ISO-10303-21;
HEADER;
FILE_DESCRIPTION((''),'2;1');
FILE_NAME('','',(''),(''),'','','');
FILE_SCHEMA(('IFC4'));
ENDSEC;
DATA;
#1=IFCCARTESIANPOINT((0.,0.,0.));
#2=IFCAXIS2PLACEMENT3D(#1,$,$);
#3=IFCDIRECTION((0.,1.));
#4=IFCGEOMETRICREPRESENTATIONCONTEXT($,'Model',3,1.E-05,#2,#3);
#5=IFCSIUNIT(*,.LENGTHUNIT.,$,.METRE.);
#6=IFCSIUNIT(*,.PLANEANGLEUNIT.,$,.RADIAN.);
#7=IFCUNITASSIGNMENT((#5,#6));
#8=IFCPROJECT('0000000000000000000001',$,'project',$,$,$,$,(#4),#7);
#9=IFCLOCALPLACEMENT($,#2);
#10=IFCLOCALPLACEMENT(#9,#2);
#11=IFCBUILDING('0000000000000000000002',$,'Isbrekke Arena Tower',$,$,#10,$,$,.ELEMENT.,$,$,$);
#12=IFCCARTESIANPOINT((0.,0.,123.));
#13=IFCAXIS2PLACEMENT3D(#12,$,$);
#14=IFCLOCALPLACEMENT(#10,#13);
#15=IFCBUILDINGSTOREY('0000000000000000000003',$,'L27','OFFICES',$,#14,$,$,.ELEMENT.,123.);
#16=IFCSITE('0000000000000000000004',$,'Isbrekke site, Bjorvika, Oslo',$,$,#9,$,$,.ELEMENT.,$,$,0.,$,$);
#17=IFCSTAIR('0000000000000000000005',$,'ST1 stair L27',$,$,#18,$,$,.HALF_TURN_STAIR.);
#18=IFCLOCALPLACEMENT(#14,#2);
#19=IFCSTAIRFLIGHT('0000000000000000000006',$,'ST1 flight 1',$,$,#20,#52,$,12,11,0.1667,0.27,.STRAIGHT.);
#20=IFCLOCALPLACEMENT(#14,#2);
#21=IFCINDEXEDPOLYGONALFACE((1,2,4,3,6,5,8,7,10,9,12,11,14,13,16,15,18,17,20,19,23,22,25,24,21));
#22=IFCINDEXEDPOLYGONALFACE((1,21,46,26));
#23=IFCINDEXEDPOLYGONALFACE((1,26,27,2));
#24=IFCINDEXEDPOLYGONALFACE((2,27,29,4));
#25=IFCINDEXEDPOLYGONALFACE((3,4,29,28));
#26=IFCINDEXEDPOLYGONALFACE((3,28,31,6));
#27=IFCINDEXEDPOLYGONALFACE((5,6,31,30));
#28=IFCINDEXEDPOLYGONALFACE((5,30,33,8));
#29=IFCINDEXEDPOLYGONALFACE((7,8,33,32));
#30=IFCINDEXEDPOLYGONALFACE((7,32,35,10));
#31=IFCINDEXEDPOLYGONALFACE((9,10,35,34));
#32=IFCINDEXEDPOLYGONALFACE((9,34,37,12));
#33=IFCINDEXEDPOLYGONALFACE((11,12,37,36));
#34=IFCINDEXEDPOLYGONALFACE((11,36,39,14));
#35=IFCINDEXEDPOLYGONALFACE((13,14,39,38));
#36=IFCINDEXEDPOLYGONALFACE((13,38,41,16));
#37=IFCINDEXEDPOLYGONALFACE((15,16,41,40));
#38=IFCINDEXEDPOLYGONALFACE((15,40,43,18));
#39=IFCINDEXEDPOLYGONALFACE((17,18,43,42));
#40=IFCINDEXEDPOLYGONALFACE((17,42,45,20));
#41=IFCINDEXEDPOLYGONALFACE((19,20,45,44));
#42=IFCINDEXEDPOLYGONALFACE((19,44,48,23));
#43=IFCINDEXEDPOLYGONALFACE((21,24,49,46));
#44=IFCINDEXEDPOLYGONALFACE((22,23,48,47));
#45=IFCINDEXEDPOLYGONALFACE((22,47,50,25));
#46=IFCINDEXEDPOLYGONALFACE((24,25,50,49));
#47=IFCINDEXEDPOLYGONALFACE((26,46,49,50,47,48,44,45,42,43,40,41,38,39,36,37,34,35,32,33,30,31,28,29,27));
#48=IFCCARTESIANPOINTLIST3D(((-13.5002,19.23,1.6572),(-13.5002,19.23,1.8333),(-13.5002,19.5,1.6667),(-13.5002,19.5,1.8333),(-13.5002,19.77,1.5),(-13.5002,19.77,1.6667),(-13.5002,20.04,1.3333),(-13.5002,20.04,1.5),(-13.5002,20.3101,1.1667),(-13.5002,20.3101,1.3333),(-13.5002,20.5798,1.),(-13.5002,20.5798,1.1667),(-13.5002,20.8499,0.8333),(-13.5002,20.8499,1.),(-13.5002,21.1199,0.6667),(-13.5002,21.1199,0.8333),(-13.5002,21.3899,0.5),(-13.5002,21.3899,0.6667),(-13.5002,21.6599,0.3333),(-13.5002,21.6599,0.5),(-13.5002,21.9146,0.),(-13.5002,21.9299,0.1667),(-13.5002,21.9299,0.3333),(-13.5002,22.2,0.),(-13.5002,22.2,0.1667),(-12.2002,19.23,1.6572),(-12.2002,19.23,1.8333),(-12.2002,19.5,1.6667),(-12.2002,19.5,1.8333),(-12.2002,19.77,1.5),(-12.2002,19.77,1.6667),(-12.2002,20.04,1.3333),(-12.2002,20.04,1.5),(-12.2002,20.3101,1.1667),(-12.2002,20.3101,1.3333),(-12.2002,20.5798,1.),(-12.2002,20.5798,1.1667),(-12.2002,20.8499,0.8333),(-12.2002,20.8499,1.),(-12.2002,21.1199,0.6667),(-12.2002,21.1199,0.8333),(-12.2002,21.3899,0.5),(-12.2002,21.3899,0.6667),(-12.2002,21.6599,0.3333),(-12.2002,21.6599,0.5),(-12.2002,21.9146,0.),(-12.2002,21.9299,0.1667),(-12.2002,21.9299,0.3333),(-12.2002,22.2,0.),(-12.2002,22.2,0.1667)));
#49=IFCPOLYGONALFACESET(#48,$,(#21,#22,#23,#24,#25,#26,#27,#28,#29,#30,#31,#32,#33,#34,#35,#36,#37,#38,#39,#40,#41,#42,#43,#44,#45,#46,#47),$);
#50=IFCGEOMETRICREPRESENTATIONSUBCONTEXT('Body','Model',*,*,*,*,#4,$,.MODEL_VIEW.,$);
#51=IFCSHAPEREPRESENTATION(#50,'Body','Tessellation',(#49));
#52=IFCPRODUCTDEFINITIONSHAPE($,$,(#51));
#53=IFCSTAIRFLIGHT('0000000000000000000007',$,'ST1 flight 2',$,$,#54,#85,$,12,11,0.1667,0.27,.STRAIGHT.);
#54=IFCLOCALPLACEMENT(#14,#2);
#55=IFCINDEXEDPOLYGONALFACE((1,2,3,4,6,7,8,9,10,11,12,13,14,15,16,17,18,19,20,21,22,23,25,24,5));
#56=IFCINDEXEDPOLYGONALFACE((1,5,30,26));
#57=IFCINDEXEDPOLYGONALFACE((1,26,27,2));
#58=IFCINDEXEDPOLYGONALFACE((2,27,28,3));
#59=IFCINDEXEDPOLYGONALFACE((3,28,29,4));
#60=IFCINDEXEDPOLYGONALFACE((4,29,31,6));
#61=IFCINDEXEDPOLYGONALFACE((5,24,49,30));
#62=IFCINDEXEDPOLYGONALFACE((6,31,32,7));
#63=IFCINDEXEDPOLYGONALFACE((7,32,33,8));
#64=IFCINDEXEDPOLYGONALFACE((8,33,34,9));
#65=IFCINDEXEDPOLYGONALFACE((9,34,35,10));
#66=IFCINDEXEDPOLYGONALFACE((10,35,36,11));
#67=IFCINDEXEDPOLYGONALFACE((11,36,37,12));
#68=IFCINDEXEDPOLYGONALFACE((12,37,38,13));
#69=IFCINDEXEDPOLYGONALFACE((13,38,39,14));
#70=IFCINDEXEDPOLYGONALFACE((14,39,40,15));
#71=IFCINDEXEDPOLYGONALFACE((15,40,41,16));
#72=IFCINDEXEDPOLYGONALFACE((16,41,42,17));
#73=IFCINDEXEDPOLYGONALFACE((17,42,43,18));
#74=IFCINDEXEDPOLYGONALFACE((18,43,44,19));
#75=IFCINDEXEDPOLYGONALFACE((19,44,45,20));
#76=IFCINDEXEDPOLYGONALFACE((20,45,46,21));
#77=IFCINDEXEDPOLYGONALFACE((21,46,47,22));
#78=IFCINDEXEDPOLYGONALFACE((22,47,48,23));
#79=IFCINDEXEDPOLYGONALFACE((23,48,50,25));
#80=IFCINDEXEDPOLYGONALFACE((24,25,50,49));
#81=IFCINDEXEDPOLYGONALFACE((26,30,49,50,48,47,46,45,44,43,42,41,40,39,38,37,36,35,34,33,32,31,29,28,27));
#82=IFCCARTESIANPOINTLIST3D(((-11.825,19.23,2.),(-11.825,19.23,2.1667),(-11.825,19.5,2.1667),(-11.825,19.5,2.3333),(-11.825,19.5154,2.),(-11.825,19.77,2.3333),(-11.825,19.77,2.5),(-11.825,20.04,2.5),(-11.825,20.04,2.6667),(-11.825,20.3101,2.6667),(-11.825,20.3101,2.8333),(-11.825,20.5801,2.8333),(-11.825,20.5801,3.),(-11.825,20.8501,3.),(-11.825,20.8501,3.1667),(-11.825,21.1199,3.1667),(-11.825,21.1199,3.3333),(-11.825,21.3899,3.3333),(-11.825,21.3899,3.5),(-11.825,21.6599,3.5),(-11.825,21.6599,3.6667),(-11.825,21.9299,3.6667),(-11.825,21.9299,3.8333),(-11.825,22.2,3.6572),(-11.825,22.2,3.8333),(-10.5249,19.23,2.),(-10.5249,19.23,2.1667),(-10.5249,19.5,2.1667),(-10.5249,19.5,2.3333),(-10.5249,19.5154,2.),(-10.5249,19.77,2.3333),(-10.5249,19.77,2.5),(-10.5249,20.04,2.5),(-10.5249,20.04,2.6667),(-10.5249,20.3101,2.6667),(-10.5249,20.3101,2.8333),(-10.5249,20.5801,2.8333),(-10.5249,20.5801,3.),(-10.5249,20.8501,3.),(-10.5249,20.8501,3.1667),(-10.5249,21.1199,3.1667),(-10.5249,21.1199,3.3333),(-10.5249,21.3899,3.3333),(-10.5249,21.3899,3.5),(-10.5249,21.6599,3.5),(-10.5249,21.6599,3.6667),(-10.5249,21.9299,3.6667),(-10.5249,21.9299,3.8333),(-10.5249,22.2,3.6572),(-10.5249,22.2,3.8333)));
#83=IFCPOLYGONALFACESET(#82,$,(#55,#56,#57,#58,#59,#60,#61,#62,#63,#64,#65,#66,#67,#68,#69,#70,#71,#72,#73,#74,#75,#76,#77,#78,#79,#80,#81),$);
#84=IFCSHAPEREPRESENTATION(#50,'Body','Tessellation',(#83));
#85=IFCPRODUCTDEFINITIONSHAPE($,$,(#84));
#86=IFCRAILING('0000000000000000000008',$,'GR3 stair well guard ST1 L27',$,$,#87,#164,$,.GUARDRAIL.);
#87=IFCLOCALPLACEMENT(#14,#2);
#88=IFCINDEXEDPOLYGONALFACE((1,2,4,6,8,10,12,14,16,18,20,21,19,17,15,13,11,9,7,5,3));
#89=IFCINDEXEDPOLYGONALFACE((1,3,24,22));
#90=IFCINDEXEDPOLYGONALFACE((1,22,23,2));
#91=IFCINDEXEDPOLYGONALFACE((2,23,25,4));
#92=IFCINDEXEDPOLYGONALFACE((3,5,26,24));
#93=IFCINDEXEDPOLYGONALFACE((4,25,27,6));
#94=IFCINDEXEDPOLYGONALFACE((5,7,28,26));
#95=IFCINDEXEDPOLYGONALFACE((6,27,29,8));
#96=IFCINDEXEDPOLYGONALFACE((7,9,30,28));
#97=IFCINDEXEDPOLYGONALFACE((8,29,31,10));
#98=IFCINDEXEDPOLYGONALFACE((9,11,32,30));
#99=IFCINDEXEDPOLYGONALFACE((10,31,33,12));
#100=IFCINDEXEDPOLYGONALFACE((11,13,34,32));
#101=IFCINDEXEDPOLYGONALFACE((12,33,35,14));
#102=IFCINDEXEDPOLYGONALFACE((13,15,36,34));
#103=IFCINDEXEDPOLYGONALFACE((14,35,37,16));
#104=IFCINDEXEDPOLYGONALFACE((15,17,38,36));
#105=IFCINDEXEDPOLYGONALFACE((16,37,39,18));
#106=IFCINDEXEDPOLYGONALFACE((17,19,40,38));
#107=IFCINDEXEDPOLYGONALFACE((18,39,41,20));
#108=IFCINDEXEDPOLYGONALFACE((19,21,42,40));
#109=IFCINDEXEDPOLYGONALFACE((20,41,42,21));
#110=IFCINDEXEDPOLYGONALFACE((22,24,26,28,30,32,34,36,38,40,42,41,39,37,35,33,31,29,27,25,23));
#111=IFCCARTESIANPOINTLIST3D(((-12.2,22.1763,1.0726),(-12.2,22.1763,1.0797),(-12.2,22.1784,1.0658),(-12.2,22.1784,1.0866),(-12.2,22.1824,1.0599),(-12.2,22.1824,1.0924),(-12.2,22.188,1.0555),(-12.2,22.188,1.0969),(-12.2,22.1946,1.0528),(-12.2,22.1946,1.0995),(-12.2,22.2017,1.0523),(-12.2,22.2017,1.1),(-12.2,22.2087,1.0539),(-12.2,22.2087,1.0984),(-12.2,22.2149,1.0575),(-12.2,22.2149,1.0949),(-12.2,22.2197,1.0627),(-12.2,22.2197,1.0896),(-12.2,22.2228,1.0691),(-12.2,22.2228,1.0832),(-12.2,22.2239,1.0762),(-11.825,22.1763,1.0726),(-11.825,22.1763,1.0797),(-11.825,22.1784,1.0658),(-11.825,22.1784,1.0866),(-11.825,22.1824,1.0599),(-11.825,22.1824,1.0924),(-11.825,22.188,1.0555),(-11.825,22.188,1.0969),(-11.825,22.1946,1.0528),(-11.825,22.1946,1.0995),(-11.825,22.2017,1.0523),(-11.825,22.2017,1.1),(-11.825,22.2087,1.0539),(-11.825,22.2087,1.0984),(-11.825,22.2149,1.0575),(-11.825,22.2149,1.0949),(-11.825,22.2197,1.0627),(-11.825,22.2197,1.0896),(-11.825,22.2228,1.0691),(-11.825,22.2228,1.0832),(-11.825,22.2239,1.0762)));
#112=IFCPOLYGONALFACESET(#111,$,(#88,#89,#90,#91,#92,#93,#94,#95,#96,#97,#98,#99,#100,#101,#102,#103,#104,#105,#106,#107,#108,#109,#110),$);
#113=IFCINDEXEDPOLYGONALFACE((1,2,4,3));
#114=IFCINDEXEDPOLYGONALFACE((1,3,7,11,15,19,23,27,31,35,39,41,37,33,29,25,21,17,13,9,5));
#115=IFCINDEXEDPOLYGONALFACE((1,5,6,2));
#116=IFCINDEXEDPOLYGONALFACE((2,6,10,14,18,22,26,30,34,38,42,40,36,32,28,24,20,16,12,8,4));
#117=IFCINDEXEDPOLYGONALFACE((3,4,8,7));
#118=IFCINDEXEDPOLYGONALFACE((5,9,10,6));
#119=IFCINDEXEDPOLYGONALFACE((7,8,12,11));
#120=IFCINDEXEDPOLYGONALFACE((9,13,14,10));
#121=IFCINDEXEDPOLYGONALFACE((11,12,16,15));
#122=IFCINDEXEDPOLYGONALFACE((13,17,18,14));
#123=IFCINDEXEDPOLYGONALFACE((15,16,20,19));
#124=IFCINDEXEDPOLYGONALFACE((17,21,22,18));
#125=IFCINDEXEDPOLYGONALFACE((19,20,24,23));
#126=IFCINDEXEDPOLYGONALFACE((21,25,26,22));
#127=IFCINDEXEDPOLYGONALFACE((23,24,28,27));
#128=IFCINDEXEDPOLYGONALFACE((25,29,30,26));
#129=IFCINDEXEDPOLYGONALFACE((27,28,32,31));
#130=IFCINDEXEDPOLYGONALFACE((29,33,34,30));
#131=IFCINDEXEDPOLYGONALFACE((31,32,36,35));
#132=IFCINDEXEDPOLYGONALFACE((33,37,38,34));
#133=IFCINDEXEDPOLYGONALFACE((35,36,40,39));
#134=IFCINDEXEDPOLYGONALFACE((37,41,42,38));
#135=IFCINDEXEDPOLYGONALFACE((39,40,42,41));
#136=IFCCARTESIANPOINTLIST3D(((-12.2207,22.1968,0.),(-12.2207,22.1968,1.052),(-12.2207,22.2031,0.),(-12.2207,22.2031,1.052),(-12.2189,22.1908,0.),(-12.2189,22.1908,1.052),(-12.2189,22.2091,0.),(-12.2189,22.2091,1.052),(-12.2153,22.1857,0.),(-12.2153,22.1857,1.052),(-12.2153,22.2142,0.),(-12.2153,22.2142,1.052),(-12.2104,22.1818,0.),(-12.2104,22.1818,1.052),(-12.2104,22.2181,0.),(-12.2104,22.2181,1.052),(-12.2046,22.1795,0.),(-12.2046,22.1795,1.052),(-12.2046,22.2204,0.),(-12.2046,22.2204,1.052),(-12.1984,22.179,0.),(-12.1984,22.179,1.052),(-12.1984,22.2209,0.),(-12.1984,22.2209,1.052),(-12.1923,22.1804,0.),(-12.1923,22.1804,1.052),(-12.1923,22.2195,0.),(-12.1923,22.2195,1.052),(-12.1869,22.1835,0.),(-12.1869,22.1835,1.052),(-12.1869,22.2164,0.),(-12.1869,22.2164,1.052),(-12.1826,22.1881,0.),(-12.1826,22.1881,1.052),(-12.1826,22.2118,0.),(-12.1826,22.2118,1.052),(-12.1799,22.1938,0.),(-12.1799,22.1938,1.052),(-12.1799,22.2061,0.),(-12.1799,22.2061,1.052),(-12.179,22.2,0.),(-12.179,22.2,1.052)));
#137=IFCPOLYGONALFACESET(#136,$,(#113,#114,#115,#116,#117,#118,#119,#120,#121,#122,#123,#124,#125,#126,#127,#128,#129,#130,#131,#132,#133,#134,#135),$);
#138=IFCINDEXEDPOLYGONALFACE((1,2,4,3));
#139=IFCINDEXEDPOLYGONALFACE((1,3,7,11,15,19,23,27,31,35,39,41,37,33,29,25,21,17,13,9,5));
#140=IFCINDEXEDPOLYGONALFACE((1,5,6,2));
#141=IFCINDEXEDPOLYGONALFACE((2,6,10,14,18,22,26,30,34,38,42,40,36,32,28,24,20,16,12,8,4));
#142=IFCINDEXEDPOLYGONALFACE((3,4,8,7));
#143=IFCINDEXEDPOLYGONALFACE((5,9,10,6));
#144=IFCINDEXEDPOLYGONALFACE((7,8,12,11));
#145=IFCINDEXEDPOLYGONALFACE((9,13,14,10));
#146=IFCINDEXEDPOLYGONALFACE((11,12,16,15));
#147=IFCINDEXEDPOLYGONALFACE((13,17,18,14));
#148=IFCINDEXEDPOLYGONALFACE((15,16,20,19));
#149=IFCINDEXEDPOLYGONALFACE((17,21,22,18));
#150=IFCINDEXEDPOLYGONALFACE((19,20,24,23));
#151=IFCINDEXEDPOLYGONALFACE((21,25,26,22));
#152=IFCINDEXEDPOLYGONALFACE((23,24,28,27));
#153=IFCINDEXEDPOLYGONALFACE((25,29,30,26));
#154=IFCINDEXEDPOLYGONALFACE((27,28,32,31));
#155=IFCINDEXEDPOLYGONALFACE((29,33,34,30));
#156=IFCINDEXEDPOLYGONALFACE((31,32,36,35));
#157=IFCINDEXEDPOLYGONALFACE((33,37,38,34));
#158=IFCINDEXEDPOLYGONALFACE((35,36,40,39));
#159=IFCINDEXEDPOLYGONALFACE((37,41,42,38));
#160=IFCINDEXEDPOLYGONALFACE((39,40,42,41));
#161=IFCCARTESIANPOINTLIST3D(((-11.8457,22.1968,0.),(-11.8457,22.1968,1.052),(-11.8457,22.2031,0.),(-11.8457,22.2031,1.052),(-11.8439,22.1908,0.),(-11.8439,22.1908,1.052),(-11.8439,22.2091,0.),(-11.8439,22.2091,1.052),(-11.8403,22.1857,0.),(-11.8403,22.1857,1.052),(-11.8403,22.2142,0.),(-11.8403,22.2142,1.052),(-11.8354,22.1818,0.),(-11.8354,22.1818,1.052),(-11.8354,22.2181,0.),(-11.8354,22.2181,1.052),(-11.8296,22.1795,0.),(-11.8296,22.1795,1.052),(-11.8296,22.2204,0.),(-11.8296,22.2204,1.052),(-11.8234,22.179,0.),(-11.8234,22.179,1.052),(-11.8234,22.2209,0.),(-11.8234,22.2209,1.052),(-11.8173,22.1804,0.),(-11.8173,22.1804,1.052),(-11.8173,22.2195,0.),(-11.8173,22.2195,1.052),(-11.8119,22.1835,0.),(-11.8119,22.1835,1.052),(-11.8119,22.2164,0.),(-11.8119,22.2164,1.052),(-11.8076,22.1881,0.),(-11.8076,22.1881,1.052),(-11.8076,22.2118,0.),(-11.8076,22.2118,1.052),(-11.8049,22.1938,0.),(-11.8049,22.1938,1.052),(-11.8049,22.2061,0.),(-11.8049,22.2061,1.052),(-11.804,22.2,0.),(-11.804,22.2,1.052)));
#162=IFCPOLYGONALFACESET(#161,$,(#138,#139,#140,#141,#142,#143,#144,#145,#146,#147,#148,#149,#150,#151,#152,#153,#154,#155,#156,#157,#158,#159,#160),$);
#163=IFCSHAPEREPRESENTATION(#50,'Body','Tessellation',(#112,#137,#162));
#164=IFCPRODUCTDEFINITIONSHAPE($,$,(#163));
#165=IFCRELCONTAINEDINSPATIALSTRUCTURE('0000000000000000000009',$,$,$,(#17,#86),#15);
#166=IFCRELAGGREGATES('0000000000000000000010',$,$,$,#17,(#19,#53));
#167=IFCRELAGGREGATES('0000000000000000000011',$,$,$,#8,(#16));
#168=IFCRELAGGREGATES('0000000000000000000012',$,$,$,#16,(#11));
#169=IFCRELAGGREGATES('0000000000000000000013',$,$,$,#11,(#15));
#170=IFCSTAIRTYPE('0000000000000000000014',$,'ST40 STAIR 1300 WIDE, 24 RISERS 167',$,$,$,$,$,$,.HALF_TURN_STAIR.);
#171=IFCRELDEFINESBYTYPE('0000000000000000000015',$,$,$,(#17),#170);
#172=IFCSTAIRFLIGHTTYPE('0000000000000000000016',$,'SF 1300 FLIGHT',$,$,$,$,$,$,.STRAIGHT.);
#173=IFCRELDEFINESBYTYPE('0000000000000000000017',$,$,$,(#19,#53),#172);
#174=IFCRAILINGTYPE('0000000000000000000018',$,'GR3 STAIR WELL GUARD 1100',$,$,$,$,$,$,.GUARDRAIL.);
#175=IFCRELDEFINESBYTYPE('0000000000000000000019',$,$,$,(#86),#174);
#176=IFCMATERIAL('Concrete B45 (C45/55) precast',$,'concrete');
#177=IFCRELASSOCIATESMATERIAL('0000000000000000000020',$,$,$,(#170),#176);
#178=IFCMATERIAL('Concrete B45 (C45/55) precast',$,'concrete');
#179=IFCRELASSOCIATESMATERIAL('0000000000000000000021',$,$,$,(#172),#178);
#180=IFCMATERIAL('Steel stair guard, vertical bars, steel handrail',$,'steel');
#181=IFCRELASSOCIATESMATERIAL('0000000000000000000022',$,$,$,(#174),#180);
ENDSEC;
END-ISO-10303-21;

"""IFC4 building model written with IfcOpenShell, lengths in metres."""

from ifc_helpers import new_model, si_unit, direction, frame, origin, origin_2d, place, context, subcontext, project, spatial, polyline, circle, outline, extrude, material, type_object, element, aggregate, save


model = new_model("IFC4")

# Units and contexts
model_context = context("Model", 3, precision=1e-05, world=origin(), true_north=direction((0.0, 1.0)))
body_context = subcontext(model_context, "Body", "Model", "MODEL_VIEW")
ifc_project = project(units=[si_unit("LENGTHUNIT", "METRE"), si_unit("PLANEANGLEUNIT", "RADIAN")], contexts=[model_context])

# Site, building, storey
site_placement = place(None, origin())
site = spatial("IfcSite", under=ifc_project, at=site_placement, Name="Isbrekke site, Bjorvika, Oslo", CompositionType="ELEMENT", RefElevation=0.0)
building_placement = place(site_placement, origin())
building = spatial("IfcBuilding", under=site, at=building_placement, Name="Isbrekke Arena Tower", CompositionType="ELEMENT")
storey_placement = place(building_placement, frame((0.0, 0.0, 123.0)))
storey = spatial("IfcBuildingStorey", under=building, at=storey_placement, Name="L27", Description="OFFICES", CompositionType="ELEMENT", Elevation=123.0)

# Stair, stair flights
ifc_material_1 = material(Name="Concrete B45 (C45/55) precast", Category="concrete")
stair_type = type_object("IfcStairType", Name="ST40 STAIR 1300 WIDE, 24 RISERS 167", PredefinedType="HALF_TURN_STAIR", material=ifc_material_1)
stair_placement = place(storey_placement, origin())
stair = element("IfcStair", 1, at=stair_placement, inside=storey, type_object=stair_type, Name="ST1 stair L27", PredefinedType="HALF_TURN_STAIR")
ifc_material_2 = material(Name="Concrete B45 (C45/55) precast", Category="concrete")
stair_flight_type = type_object("IfcStairFlightType", Name="SF 1300 FLIGHT", PredefinedType="STRAIGHT", material=ifc_material_2)
stair_flight_1_placement = place(storey_placement, frame((-12.8501, 22.2, 0.0), z_axis=(0.0, 0.0, 1.0), x_axis=(0.0, -1.0, 0.0)))
stair_flight_1 = element("IfcStairFlight", 2, at=stair_flight_1_placement, type_object=stair_flight_type, Name="ST1 flight 1", NumberOfRisers=12, NumberOfTreads=11, PredefinedType="STRAIGHT", RiserHeight=0.1667, TreadLength=0.27, context=body_context, shape_type="SweptSolid", body=[
    extrude(outline(polyline([(0.0, 0.0), (0.0, 0.1667), (0.27, 0.1667), (0.27, 0.3333), (0.54, 0.3333), (0.54, 0.5), (0.8101, 0.5), (0.8101, 0.6667), (1.0801, 0.6667), (1.0801, 0.8333), (1.3501, 0.8333), (1.3501, 1.0), (1.6201, 1.0), (1.6201, 1.1667), (1.8899, 1.1667), (1.8899, 1.3333), (2.1599, 1.3333), (2.1599, 1.5), (2.4299, 1.5), (2.4299, 1.6667), (2.7, 1.6667), (2.7, 1.8333), (2.97, 1.8333), (2.97, 2.0), (2.97, 1.6572), (0.2854, 0.0), (0.0, 0.0)])), frame((0.0, 0.6499, 0.0), z_axis=(0.0, -1.0, 0.0), x_axis=(1.0, 0.0, 0.0)), (0.0, 0.0, 1.0), 1.3),
])
stair_flight_2_placement = place(storey_placement, frame((-11.175, 19.23, 2.0), z_axis=(0.0, 0.0, 1.0), x_axis=(0.0, 1.0, 0.0)))
stair_flight_2 = element("IfcStairFlight", 3, at=stair_flight_2_placement, type_object=stair_flight_type, Name="ST1 flight 2", NumberOfRisers=12, NumberOfTreads=11, PredefinedType="STRAIGHT", RiserHeight=0.1667, TreadLength=0.27, context=body_context, shape_type="SweptSolid", body=[
    extrude(outline(polyline([(0.0, 0.0), (0.0, 0.1667), (0.27, 0.1667), (0.27, 0.3333), (0.54, 0.3333), (0.54, 0.5), (0.8101, 0.5), (0.8101, 0.6667), (1.0801, 0.6667), (1.0801, 0.8333), (1.3501, 0.8333), (1.3501, 1.0), (1.6201, 1.0), (1.6201, 1.1667), (1.8899, 1.1667), (1.8899, 1.3333), (2.1599, 1.3333), (2.1599, 1.5), (2.4299, 1.5), (2.4299, 1.6667), (2.7, 1.6667), (2.7, 1.8333), (2.97, 1.8333), (2.97, 2.0), (2.97, 1.6572), (0.2854, 0.0), (0.0, 0.0)])), frame((0.0, 0.6499, 0.0), z_axis=(0.0, -1.0, 0.0), x_axis=(1.0, 0.0, 0.0)), (0.0, 0.0, 1.0), 1.3),
])
aggregate(stair, [stair_flight_1, stair_flight_2])

# Railing
ifc_material_3 = material(Name="Steel stair guard, vertical bars, steel handrail", Category="steel")
railing_type = type_object("IfcRailingType", Name="GR3 STAIR WELL GUARD 1100", PredefinedType="GUARDRAIL", material=ifc_material_3)
for number, where, name in (
    (4, (-12.2, 22.2, 0.0), "GR3 stair well guard ST1 L27"),
):
    element("IfcRailing", number, at=place(storey_placement, frame(where)), inside=storey, type_object=railing_type, Name=name, PredefinedType="GUARDRAIL", context=body_context, shape_type="SweptSolid", body=[
        extrude(circle(Radius=0.0239, at=origin_2d()), frame((0.0, 0.0, 1.0762), z_axis=(1.0, 0.0, 0.0), x_axis=(0.0, 1.0, 0.0)), (0.0, 0.0, 1.0), 0.375),
        extrude(circle(Radius=0.021, at=origin_2d()), origin(), (0.0, 0.0, 1.0), 1.052),
        extrude(circle(Radius=0.021, at=origin_2d()), frame((0.375, 0.0, 0.0)), (0.0, 0.0, 1.0), 1.052),
    ])

save(model, "model.ifc")
